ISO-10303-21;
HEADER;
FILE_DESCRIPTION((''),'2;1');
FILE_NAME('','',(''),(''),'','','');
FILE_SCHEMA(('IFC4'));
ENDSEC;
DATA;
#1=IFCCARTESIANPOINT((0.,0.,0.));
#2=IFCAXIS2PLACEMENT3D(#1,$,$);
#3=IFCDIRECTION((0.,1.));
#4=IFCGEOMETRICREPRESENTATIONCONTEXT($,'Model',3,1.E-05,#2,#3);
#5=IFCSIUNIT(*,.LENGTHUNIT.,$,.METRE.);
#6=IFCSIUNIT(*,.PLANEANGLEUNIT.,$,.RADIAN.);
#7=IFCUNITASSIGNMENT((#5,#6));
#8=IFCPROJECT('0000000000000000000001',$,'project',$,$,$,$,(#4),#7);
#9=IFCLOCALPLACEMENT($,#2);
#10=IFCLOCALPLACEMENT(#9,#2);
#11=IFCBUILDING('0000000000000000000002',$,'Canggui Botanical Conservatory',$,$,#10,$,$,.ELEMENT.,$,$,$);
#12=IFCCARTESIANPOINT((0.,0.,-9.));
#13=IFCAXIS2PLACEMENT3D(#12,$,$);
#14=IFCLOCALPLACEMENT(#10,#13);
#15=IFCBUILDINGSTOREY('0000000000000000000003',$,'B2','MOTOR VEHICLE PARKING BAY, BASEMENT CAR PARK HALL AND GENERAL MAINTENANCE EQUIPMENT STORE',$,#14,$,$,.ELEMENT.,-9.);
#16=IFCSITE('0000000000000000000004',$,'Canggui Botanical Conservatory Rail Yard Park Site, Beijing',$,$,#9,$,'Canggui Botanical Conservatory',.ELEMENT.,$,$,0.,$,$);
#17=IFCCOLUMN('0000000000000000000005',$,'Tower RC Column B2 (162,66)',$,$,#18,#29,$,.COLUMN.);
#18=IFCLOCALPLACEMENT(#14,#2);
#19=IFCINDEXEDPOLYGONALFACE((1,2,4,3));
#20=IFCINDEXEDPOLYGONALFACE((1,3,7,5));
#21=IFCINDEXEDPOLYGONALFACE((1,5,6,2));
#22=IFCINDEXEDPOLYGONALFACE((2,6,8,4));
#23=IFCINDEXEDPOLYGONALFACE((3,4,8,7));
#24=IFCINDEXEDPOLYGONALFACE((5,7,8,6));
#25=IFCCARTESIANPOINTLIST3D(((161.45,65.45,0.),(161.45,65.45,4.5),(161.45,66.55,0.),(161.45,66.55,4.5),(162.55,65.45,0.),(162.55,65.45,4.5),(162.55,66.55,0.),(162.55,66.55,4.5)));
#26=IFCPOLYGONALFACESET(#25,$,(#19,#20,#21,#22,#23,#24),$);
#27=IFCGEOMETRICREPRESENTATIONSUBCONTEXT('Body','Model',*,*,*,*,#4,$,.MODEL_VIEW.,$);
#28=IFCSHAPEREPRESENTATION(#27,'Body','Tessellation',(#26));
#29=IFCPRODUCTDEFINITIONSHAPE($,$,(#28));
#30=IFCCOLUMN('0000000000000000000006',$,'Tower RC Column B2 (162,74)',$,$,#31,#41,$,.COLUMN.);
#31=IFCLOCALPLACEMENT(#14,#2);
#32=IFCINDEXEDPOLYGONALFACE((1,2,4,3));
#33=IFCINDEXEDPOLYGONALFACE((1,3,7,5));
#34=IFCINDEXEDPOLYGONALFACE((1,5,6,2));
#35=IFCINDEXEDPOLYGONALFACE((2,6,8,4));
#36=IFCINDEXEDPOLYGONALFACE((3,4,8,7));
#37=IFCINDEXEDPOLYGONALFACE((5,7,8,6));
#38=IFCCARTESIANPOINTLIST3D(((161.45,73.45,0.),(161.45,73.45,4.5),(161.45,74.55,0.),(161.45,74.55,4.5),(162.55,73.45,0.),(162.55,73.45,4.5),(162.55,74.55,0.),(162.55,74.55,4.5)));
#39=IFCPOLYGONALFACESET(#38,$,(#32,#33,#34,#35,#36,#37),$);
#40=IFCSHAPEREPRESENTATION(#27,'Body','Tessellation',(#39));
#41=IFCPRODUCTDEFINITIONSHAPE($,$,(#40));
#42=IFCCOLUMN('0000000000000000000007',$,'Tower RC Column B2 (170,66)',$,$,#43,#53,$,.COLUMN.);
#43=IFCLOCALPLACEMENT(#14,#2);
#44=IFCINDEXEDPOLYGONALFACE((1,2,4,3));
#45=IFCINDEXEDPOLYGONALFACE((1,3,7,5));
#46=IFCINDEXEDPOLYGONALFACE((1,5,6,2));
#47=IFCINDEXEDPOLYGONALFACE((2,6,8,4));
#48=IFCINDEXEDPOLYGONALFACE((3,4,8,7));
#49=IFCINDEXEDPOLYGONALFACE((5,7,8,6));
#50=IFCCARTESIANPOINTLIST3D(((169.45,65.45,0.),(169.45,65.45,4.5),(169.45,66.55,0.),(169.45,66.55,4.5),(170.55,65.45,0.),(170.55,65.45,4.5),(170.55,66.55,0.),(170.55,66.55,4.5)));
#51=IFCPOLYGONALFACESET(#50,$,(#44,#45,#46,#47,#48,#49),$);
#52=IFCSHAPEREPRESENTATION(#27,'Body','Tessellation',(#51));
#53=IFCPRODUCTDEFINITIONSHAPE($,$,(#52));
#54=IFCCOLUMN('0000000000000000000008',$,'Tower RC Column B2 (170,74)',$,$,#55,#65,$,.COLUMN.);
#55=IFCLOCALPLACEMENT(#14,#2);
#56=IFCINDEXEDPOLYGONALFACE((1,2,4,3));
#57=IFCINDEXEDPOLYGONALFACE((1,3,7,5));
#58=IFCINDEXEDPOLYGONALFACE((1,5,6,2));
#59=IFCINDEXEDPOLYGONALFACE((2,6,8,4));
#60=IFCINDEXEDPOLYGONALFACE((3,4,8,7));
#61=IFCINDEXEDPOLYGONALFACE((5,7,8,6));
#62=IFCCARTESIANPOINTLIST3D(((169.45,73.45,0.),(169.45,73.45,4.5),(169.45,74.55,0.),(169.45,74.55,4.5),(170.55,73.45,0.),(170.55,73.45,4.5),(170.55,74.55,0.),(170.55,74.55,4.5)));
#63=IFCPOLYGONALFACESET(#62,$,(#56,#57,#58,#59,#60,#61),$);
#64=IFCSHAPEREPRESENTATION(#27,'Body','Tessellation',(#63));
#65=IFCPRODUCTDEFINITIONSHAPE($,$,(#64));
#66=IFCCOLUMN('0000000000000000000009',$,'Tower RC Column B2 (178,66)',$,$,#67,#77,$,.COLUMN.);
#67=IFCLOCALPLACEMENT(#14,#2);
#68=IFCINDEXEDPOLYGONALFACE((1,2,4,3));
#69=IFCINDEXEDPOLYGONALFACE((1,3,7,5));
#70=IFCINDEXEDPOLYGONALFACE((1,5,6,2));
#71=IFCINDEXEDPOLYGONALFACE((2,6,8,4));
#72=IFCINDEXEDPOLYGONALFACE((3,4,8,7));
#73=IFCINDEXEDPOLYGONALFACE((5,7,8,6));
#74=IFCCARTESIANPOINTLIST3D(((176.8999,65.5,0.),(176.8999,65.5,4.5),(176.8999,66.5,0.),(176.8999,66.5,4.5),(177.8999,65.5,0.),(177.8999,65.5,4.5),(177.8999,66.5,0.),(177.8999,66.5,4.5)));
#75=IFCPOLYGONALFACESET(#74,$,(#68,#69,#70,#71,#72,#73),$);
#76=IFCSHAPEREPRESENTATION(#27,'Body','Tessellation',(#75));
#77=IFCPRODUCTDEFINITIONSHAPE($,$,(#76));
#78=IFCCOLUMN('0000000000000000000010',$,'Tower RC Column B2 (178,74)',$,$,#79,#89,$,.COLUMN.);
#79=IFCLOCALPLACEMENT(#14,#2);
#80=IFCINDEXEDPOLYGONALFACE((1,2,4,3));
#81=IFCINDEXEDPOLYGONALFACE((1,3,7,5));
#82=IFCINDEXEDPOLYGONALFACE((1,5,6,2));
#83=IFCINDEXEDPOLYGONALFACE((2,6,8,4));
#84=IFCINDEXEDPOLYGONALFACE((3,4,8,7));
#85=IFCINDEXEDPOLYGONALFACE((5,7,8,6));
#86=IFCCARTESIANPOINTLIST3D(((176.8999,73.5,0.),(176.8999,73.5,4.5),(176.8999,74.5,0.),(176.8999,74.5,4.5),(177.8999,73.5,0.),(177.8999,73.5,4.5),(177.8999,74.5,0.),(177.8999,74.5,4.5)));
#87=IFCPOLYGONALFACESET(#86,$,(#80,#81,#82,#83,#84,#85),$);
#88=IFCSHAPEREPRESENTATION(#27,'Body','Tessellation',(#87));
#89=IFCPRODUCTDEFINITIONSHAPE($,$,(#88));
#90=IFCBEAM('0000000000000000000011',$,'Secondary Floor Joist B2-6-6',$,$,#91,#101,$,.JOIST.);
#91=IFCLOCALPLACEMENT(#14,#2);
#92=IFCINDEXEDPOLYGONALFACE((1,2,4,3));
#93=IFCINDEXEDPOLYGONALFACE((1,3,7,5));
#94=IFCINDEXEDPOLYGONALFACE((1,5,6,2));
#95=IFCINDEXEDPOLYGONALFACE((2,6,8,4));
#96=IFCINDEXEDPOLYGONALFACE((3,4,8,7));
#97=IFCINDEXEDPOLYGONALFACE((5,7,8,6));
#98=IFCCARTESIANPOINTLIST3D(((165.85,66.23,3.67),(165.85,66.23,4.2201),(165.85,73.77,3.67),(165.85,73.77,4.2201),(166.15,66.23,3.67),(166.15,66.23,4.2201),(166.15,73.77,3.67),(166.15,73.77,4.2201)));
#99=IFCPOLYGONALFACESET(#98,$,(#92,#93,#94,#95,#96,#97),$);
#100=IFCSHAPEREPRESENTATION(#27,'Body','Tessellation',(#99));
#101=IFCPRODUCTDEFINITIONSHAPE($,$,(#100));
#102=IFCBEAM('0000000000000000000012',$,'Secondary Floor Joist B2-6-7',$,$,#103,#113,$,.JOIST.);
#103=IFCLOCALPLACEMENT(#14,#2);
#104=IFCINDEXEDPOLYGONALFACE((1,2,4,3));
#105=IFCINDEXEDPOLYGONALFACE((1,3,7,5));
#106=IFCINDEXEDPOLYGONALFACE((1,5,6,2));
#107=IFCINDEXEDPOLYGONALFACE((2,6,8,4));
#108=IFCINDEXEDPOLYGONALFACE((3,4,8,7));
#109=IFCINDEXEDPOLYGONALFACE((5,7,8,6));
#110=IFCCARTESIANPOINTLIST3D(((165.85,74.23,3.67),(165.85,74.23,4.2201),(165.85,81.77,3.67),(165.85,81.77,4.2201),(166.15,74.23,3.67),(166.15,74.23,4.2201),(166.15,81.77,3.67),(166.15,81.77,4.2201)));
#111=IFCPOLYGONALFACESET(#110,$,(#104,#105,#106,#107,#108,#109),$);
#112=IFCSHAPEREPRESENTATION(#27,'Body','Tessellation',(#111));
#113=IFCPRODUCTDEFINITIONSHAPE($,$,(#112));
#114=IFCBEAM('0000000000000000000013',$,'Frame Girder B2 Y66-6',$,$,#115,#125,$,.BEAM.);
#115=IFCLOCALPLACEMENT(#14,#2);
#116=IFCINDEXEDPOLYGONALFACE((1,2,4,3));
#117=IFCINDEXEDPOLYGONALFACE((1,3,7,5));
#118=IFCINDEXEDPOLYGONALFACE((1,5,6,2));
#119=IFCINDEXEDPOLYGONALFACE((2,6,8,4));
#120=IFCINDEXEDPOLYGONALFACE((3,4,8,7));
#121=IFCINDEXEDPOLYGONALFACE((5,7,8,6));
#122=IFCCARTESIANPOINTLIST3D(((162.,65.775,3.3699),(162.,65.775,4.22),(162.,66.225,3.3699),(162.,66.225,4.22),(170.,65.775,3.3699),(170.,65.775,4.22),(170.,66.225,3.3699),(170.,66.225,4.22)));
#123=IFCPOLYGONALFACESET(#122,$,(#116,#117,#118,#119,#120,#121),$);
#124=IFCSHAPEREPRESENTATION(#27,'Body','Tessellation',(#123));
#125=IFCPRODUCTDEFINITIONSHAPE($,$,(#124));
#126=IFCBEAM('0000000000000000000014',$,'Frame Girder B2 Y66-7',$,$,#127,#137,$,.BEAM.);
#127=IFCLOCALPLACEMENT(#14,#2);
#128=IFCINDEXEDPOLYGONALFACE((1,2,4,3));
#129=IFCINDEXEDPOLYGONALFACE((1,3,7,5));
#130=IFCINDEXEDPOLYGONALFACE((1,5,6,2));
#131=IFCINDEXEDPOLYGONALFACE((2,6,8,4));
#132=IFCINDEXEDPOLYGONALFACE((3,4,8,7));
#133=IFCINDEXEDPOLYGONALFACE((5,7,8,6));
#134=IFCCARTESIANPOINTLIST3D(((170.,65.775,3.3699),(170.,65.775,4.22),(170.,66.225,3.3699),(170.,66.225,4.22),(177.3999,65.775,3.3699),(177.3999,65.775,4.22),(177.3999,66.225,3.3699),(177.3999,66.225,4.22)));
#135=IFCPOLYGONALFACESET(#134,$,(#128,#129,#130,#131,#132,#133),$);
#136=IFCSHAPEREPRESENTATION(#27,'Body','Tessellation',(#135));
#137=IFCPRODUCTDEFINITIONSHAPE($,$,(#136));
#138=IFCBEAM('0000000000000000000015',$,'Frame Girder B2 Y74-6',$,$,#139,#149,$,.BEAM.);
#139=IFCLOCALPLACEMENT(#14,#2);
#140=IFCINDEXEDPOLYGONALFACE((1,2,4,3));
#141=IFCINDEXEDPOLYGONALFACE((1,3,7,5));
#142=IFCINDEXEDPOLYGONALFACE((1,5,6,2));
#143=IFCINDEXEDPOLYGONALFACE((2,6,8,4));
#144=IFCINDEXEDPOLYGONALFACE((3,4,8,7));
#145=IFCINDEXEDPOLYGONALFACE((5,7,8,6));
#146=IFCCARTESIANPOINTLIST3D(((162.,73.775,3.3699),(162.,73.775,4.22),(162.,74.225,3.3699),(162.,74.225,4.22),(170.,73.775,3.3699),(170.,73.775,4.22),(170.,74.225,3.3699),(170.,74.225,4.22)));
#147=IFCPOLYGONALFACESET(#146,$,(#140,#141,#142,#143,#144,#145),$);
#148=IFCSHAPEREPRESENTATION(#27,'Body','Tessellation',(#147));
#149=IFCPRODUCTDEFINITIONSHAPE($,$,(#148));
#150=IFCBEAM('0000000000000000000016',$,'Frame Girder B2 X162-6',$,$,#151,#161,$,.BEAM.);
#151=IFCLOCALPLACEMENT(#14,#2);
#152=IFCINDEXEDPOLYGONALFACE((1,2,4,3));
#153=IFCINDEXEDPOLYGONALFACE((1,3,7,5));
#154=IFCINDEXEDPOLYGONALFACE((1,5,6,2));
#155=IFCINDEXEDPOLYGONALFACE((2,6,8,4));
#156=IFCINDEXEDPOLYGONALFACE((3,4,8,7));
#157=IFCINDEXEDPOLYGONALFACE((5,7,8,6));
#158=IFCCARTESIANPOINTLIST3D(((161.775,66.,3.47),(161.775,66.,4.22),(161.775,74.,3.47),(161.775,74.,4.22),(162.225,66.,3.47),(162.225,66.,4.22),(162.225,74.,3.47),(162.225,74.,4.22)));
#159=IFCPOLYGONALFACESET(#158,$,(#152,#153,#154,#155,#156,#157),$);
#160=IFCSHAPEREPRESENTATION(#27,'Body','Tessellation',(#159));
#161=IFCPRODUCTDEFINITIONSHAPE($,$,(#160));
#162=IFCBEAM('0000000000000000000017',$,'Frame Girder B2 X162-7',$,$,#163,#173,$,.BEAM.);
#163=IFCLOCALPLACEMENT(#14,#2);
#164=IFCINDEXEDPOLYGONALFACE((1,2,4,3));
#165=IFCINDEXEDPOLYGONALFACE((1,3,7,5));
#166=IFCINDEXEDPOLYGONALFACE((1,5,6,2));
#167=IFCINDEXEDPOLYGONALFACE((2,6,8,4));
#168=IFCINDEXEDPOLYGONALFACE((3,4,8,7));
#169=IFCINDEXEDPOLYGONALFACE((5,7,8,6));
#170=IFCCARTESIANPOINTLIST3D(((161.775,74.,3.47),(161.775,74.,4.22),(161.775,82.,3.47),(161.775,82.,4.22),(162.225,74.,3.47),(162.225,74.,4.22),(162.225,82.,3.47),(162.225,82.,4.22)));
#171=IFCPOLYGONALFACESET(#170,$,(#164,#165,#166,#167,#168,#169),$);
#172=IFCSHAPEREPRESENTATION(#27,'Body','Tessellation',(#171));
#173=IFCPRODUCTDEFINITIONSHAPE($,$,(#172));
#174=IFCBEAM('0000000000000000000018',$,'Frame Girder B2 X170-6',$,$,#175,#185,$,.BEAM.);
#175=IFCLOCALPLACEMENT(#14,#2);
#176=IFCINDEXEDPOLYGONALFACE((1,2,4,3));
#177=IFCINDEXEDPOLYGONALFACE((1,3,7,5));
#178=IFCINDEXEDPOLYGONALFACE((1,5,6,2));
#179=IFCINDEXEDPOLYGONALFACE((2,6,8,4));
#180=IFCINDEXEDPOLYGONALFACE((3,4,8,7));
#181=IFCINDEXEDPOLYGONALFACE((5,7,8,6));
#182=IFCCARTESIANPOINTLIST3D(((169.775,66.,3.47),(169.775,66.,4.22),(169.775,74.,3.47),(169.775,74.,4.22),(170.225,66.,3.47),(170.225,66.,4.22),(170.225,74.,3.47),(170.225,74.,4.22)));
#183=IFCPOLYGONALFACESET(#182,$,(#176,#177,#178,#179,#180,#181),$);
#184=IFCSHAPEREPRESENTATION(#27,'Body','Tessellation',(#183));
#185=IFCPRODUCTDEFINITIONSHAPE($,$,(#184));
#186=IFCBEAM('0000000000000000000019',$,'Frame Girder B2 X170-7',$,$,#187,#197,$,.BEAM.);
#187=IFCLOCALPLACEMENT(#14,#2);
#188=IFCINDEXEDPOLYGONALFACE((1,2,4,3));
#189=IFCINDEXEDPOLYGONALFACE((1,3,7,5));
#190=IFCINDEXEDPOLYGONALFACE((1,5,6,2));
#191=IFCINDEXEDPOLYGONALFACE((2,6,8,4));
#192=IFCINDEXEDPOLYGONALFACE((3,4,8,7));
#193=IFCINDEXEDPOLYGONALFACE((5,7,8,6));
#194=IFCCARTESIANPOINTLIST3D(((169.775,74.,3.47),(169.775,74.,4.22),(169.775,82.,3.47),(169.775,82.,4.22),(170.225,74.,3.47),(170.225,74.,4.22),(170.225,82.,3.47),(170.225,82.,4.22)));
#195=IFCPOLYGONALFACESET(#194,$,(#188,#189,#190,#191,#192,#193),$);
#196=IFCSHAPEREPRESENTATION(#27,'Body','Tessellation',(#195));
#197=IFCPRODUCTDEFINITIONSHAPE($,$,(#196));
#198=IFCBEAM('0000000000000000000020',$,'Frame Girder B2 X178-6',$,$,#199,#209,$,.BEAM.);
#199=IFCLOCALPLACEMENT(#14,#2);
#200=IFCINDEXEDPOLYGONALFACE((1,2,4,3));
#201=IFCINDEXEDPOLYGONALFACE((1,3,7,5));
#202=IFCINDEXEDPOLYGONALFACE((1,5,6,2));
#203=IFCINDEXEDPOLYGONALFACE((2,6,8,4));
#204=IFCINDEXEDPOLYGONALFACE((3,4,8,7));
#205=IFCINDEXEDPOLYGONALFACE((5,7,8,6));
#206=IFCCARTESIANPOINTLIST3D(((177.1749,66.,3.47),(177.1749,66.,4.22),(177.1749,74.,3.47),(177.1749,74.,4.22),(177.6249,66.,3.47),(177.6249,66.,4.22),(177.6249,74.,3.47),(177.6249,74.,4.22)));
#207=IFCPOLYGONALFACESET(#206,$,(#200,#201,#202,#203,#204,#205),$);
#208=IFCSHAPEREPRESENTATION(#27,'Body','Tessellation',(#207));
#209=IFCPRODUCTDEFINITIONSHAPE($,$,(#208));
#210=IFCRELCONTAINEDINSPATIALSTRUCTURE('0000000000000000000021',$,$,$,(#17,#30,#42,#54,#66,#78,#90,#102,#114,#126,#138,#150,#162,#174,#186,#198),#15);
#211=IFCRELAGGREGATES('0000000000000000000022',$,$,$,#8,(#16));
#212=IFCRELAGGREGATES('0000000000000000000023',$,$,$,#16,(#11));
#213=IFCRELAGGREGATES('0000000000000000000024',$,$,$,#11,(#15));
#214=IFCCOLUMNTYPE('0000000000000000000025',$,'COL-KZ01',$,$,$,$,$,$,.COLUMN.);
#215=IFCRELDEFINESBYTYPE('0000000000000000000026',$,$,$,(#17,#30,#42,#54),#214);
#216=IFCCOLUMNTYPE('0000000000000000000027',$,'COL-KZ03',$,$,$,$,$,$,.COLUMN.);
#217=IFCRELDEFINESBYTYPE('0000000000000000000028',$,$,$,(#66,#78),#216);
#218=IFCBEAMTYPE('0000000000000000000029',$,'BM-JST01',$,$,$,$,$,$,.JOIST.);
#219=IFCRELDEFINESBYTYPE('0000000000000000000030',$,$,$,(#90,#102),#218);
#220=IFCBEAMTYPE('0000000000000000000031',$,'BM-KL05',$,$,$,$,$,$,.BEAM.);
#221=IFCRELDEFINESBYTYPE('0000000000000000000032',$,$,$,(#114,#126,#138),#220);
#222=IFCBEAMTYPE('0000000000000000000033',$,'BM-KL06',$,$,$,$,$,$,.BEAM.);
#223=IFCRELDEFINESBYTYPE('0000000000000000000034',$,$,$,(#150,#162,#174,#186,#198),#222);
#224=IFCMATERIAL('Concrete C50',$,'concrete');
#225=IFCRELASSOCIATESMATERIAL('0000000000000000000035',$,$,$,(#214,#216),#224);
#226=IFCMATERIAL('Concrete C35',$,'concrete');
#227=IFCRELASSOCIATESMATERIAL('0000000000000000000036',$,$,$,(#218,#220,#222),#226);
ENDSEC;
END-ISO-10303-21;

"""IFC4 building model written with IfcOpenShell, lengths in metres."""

from ifc_helpers import new_model, si_unit, direction, frame, origin, origin_2d, place, context, subcontext, project, spatial, rectangle, extrude, material, material_profile, profile_set, type_object, element, save


model = new_model("IFC4")

# Units and contexts
model_context = context("Model", 3, precision=1e-05, world=origin(), true_north=direction((0.0, 1.0)))
body_context = subcontext(model_context, "Body", "Model", "MODEL_VIEW")
ifc_project = project(units=[si_unit("LENGTHUNIT", "METRE"), si_unit("PLANEANGLEUNIT", "RADIAN")], contexts=[model_context])

# Site, building, storey
site_placement = place(None, origin())
site = spatial("IfcSite", under=ifc_project, at=site_placement, Name="Canggui Botanical Conservatory Rail Yard Park Site, Beijing", LongName="Canggui Botanical Conservatory", CompositionType="ELEMENT", RefElevation=0.0)
building_placement = place(site_placement, origin())
building = spatial("IfcBuilding", under=site, at=building_placement, Name="Canggui Botanical Conservatory", CompositionType="ELEMENT")
storey_placement = place(building_placement, frame((0.0, 0.0, -9.0)))
storey = spatial("IfcBuildingStorey", under=building, at=storey_placement, Name="B2", Description="MOTOR VEHICLE PARKING BAY, BASEMENT CAR PARK HALL AND GENERAL MAINTENANCE EQUIPMENT STORE", CompositionType="ELEMENT", Elevation=-9.0)

# Shared definitions
ifc_material_1 = material(Name="Concrete C35", Category="concrete")

# Columns
ifc_material_2 = material(Name="Concrete C50", Category="concrete")
ifc_material_profile_1 = material_profile(ifc_material_2, rectangle(XDim=1.1001, YDim=1.1001, at=origin_2d()), Name="RC 1100x1100")
ifc_profile_set_1 = profile_set([ifc_material_profile_1], Name="Concrete C50")
column_type_1 = type_object("IfcColumnType", Name="COL-KZ01", PredefinedType="COLUMN", material=ifc_profile_set_1)
for number, where, z_axis, x_axis, name in (
    (1, (162.0, 66.0, 0.0), (0.0, 0.0, 1.0), (1.0, 0.0, 0.0), "Tower RC Column B2 (162,66)"),
    (2, (162.0, 74.0, 0.0), (0.0, 0.0, 1.0), (1.0, 0.0, 0.0), "Tower RC Column B2 (162,74)"),
    (3, (170.0, 66.0, 0.0), (0.0, 0.0, 1.0), (1.0, 0.0, 0.0), "Tower RC Column B2 (170,66)"),
    (4, (170.0, 74.0, 0.0), (0.0, 0.0, 1.0), (1.0, 0.0, 0.0), "Tower RC Column B2 (170,74)"),
):
    element("IfcColumn", number, at=place(storey_placement, frame(where, z_axis=z_axis, x_axis=x_axis)), inside=storey, type_object=column_type_1, Name=name, PredefinedType="COLUMN", context=body_context, shape_type="SweptSolid", body=[
        extrude(rectangle(XDim=1.1001, YDim=1.1001, at=origin_2d()), origin(), (0.0, 0.0, 1.0), 4.5),
    ])
ifc_material_profile_2 = material_profile(ifc_material_2, rectangle(XDim=1.0, YDim=1.0, at=origin_2d()), Name="RC 1000x1000")
ifc_profile_set_2 = profile_set([ifc_material_profile_2], Name="Concrete C50")
column_type_2 = type_object("IfcColumnType", Name="COL-KZ03", PredefinedType="COLUMN", material=ifc_profile_set_2)
for number, where, z_axis, x_axis, name in (
    (5, (177.3999, 66.0, 0.0), (0.0, 0.0, 1.0), (1.0, 0.0, 0.0), "Tower RC Column B2 (178,66)"),
    (6, (177.3999, 74.0, 0.0), (0.0, 0.0, 1.0), (1.0, 0.0, 0.0), "Tower RC Column B2 (178,74)"),
):
    element("IfcColumn", number, at=place(storey_placement, frame(where, z_axis=z_axis, x_axis=x_axis)), inside=storey, type_object=column_type_2, Name=name, PredefinedType="COLUMN", context=body_context, shape_type="SweptSolid", body=[
        extrude(rectangle(XDim=1.0, YDim=1.0, at=origin_2d()), origin(), (0.0, 0.0, 1.0), 4.5),
    ])

# Beams
ifc_material_profile_3 = material_profile(ifc_material_1, rectangle(XDim=0.3, YDim=0.55, at=origin_2d()), Name="RB 300x550")
ifc_profile_set_3 = profile_set([ifc_material_profile_3], Name="Concrete C35")
beam_type_1 = type_object("IfcBeamType", Name="BM-JST01", PredefinedType="JOIST", material=ifc_profile_set_3)
for number, where, z_axis, x_axis, name in (
    (7, (166.0, 66.23, 3.9451), (0.0, 1.0, 0.0), (-1.0, 0.0, 0.0), "Secondary Floor Joist B2-6-6"),
    (8, (166.0, 74.23, 3.9451), (0.0, 1.0, 0.0), (-1.0, 0.0, 0.0), "Secondary Floor Joist B2-6-7"),
):
    element("IfcBeam", number, at=place(storey_placement, frame(where, z_axis=z_axis, x_axis=x_axis)), inside=storey, type_object=beam_type_1, Name=name, PredefinedType="JOIST", context=body_context, shape_type="SweptSolid", body=[
        extrude(rectangle(XDim=0.3, YDim=0.55, at=origin_2d()), origin(), (0.0, 0.0, 1.0), 7.54),
    ])
ifc_material_profile_4 = material_profile(ifc_material_1, rectangle(XDim=0.45, YDim=0.8501, at=origin_2d()), Name="RB 450x850")
ifc_profile_set_4 = profile_set([ifc_material_profile_4], Name="Concrete C35")
beam_type_2 = type_object("IfcBeamType", Name="BM-KL05", PredefinedType="BEAM", material=ifc_profile_set_4)
beam_1_placement = place(storey_placement, frame((162.0, 66.0, 3.7949), z_axis=(1.0, 0.0, 0.0), x_axis=(0.0, 1.0, 0.0)))
element("IfcBeam", 9, at=beam_1_placement, inside=storey, type_object=beam_type_2, Name="Frame Girder B2 Y66-6", PredefinedType="BEAM", context=body_context, shape_type="SweptSolid", body=[
    extrude(rectangle(XDim=0.45, YDim=0.8501, at=origin_2d()), origin(), (0.0, 0.0, 1.0), 8.0),
])
beam_2_placement = place(storey_placement, frame((170.0, 66.0, 3.7949), z_axis=(1.0, 0.0, 0.0), x_axis=(0.0, 1.0, 0.0)))
element("IfcBeam", 10, at=beam_2_placement, inside=storey, type_object=beam_type_2, Name="Frame Girder B2 Y66-7", PredefinedType="BEAM", context=body_context, shape_type="SweptSolid", body=[
    extrude(rectangle(XDim=0.45, YDim=0.8501, at=origin_2d()), origin(), (0.0, 0.0, 1.0), 7.3999),
])
beam_3_placement = place(storey_placement, frame((162.0, 74.0, 3.7949), z_axis=(1.0, 0.0, 0.0), x_axis=(0.0, 1.0, 0.0)))
element("IfcBeam", 11, at=beam_3_placement, inside=storey, type_object=beam_type_2, Name="Frame Girder B2 Y74-6", PredefinedType="BEAM", context=body_context, shape_type="SweptSolid", body=[
    extrude(rectangle(XDim=0.45, YDim=0.8501, at=origin_2d()), origin(), (0.0, 0.0, 1.0), 8.0),
])
ifc_material_profile_5 = material_profile(ifc_material_1, rectangle(XDim=0.45, YDim=0.75, at=origin_2d()), Name="RB 450x750")
ifc_profile_set_5 = profile_set([ifc_material_profile_5], Name="Concrete C35")
beam_type_3 = type_object("IfcBeamType", Name="BM-KL06", PredefinedType="BEAM", material=ifc_profile_set_5)
for number, where, z_axis, x_axis, name in (
    (12, (162.0, 66.0, 3.845), (0.0, 1.0, 0.0), (-1.0, 0.0, 0.0), "Frame Girder B2 X162-6"),
    (13, (162.0, 74.0, 3.845), (0.0, 1.0, 0.0), (-1.0, 0.0, 0.0), "Frame Girder B2 X162-7"),
    (14, (170.0, 66.0, 3.845), (0.0, 1.0, 0.0), (-1.0, 0.0, 0.0), "Frame Girder B2 X170-6"),
    (15, (170.0, 74.0, 3.845), (0.0, 1.0, 0.0), (-1.0, 0.0, 0.0), "Frame Girder B2 X170-7"),
    (16, (177.3999, 66.0, 3.845), (0.0, 1.0, 0.0), (-1.0, 0.0, 0.0), "Frame Girder B2 X178-6"),
):
    element("IfcBeam", number, at=place(storey_placement, frame(where, z_axis=z_axis, x_axis=x_axis)), inside=storey, type_object=beam_type_3, Name=name, PredefinedType="BEAM", context=body_context, shape_type="SweptSolid", body=[
        extrude(rectangle(XDim=0.45, YDim=0.75, at=origin_2d()), origin(), (0.0, 0.0, 1.0), 8.0),
    ])

save(model, "model.ifc")
